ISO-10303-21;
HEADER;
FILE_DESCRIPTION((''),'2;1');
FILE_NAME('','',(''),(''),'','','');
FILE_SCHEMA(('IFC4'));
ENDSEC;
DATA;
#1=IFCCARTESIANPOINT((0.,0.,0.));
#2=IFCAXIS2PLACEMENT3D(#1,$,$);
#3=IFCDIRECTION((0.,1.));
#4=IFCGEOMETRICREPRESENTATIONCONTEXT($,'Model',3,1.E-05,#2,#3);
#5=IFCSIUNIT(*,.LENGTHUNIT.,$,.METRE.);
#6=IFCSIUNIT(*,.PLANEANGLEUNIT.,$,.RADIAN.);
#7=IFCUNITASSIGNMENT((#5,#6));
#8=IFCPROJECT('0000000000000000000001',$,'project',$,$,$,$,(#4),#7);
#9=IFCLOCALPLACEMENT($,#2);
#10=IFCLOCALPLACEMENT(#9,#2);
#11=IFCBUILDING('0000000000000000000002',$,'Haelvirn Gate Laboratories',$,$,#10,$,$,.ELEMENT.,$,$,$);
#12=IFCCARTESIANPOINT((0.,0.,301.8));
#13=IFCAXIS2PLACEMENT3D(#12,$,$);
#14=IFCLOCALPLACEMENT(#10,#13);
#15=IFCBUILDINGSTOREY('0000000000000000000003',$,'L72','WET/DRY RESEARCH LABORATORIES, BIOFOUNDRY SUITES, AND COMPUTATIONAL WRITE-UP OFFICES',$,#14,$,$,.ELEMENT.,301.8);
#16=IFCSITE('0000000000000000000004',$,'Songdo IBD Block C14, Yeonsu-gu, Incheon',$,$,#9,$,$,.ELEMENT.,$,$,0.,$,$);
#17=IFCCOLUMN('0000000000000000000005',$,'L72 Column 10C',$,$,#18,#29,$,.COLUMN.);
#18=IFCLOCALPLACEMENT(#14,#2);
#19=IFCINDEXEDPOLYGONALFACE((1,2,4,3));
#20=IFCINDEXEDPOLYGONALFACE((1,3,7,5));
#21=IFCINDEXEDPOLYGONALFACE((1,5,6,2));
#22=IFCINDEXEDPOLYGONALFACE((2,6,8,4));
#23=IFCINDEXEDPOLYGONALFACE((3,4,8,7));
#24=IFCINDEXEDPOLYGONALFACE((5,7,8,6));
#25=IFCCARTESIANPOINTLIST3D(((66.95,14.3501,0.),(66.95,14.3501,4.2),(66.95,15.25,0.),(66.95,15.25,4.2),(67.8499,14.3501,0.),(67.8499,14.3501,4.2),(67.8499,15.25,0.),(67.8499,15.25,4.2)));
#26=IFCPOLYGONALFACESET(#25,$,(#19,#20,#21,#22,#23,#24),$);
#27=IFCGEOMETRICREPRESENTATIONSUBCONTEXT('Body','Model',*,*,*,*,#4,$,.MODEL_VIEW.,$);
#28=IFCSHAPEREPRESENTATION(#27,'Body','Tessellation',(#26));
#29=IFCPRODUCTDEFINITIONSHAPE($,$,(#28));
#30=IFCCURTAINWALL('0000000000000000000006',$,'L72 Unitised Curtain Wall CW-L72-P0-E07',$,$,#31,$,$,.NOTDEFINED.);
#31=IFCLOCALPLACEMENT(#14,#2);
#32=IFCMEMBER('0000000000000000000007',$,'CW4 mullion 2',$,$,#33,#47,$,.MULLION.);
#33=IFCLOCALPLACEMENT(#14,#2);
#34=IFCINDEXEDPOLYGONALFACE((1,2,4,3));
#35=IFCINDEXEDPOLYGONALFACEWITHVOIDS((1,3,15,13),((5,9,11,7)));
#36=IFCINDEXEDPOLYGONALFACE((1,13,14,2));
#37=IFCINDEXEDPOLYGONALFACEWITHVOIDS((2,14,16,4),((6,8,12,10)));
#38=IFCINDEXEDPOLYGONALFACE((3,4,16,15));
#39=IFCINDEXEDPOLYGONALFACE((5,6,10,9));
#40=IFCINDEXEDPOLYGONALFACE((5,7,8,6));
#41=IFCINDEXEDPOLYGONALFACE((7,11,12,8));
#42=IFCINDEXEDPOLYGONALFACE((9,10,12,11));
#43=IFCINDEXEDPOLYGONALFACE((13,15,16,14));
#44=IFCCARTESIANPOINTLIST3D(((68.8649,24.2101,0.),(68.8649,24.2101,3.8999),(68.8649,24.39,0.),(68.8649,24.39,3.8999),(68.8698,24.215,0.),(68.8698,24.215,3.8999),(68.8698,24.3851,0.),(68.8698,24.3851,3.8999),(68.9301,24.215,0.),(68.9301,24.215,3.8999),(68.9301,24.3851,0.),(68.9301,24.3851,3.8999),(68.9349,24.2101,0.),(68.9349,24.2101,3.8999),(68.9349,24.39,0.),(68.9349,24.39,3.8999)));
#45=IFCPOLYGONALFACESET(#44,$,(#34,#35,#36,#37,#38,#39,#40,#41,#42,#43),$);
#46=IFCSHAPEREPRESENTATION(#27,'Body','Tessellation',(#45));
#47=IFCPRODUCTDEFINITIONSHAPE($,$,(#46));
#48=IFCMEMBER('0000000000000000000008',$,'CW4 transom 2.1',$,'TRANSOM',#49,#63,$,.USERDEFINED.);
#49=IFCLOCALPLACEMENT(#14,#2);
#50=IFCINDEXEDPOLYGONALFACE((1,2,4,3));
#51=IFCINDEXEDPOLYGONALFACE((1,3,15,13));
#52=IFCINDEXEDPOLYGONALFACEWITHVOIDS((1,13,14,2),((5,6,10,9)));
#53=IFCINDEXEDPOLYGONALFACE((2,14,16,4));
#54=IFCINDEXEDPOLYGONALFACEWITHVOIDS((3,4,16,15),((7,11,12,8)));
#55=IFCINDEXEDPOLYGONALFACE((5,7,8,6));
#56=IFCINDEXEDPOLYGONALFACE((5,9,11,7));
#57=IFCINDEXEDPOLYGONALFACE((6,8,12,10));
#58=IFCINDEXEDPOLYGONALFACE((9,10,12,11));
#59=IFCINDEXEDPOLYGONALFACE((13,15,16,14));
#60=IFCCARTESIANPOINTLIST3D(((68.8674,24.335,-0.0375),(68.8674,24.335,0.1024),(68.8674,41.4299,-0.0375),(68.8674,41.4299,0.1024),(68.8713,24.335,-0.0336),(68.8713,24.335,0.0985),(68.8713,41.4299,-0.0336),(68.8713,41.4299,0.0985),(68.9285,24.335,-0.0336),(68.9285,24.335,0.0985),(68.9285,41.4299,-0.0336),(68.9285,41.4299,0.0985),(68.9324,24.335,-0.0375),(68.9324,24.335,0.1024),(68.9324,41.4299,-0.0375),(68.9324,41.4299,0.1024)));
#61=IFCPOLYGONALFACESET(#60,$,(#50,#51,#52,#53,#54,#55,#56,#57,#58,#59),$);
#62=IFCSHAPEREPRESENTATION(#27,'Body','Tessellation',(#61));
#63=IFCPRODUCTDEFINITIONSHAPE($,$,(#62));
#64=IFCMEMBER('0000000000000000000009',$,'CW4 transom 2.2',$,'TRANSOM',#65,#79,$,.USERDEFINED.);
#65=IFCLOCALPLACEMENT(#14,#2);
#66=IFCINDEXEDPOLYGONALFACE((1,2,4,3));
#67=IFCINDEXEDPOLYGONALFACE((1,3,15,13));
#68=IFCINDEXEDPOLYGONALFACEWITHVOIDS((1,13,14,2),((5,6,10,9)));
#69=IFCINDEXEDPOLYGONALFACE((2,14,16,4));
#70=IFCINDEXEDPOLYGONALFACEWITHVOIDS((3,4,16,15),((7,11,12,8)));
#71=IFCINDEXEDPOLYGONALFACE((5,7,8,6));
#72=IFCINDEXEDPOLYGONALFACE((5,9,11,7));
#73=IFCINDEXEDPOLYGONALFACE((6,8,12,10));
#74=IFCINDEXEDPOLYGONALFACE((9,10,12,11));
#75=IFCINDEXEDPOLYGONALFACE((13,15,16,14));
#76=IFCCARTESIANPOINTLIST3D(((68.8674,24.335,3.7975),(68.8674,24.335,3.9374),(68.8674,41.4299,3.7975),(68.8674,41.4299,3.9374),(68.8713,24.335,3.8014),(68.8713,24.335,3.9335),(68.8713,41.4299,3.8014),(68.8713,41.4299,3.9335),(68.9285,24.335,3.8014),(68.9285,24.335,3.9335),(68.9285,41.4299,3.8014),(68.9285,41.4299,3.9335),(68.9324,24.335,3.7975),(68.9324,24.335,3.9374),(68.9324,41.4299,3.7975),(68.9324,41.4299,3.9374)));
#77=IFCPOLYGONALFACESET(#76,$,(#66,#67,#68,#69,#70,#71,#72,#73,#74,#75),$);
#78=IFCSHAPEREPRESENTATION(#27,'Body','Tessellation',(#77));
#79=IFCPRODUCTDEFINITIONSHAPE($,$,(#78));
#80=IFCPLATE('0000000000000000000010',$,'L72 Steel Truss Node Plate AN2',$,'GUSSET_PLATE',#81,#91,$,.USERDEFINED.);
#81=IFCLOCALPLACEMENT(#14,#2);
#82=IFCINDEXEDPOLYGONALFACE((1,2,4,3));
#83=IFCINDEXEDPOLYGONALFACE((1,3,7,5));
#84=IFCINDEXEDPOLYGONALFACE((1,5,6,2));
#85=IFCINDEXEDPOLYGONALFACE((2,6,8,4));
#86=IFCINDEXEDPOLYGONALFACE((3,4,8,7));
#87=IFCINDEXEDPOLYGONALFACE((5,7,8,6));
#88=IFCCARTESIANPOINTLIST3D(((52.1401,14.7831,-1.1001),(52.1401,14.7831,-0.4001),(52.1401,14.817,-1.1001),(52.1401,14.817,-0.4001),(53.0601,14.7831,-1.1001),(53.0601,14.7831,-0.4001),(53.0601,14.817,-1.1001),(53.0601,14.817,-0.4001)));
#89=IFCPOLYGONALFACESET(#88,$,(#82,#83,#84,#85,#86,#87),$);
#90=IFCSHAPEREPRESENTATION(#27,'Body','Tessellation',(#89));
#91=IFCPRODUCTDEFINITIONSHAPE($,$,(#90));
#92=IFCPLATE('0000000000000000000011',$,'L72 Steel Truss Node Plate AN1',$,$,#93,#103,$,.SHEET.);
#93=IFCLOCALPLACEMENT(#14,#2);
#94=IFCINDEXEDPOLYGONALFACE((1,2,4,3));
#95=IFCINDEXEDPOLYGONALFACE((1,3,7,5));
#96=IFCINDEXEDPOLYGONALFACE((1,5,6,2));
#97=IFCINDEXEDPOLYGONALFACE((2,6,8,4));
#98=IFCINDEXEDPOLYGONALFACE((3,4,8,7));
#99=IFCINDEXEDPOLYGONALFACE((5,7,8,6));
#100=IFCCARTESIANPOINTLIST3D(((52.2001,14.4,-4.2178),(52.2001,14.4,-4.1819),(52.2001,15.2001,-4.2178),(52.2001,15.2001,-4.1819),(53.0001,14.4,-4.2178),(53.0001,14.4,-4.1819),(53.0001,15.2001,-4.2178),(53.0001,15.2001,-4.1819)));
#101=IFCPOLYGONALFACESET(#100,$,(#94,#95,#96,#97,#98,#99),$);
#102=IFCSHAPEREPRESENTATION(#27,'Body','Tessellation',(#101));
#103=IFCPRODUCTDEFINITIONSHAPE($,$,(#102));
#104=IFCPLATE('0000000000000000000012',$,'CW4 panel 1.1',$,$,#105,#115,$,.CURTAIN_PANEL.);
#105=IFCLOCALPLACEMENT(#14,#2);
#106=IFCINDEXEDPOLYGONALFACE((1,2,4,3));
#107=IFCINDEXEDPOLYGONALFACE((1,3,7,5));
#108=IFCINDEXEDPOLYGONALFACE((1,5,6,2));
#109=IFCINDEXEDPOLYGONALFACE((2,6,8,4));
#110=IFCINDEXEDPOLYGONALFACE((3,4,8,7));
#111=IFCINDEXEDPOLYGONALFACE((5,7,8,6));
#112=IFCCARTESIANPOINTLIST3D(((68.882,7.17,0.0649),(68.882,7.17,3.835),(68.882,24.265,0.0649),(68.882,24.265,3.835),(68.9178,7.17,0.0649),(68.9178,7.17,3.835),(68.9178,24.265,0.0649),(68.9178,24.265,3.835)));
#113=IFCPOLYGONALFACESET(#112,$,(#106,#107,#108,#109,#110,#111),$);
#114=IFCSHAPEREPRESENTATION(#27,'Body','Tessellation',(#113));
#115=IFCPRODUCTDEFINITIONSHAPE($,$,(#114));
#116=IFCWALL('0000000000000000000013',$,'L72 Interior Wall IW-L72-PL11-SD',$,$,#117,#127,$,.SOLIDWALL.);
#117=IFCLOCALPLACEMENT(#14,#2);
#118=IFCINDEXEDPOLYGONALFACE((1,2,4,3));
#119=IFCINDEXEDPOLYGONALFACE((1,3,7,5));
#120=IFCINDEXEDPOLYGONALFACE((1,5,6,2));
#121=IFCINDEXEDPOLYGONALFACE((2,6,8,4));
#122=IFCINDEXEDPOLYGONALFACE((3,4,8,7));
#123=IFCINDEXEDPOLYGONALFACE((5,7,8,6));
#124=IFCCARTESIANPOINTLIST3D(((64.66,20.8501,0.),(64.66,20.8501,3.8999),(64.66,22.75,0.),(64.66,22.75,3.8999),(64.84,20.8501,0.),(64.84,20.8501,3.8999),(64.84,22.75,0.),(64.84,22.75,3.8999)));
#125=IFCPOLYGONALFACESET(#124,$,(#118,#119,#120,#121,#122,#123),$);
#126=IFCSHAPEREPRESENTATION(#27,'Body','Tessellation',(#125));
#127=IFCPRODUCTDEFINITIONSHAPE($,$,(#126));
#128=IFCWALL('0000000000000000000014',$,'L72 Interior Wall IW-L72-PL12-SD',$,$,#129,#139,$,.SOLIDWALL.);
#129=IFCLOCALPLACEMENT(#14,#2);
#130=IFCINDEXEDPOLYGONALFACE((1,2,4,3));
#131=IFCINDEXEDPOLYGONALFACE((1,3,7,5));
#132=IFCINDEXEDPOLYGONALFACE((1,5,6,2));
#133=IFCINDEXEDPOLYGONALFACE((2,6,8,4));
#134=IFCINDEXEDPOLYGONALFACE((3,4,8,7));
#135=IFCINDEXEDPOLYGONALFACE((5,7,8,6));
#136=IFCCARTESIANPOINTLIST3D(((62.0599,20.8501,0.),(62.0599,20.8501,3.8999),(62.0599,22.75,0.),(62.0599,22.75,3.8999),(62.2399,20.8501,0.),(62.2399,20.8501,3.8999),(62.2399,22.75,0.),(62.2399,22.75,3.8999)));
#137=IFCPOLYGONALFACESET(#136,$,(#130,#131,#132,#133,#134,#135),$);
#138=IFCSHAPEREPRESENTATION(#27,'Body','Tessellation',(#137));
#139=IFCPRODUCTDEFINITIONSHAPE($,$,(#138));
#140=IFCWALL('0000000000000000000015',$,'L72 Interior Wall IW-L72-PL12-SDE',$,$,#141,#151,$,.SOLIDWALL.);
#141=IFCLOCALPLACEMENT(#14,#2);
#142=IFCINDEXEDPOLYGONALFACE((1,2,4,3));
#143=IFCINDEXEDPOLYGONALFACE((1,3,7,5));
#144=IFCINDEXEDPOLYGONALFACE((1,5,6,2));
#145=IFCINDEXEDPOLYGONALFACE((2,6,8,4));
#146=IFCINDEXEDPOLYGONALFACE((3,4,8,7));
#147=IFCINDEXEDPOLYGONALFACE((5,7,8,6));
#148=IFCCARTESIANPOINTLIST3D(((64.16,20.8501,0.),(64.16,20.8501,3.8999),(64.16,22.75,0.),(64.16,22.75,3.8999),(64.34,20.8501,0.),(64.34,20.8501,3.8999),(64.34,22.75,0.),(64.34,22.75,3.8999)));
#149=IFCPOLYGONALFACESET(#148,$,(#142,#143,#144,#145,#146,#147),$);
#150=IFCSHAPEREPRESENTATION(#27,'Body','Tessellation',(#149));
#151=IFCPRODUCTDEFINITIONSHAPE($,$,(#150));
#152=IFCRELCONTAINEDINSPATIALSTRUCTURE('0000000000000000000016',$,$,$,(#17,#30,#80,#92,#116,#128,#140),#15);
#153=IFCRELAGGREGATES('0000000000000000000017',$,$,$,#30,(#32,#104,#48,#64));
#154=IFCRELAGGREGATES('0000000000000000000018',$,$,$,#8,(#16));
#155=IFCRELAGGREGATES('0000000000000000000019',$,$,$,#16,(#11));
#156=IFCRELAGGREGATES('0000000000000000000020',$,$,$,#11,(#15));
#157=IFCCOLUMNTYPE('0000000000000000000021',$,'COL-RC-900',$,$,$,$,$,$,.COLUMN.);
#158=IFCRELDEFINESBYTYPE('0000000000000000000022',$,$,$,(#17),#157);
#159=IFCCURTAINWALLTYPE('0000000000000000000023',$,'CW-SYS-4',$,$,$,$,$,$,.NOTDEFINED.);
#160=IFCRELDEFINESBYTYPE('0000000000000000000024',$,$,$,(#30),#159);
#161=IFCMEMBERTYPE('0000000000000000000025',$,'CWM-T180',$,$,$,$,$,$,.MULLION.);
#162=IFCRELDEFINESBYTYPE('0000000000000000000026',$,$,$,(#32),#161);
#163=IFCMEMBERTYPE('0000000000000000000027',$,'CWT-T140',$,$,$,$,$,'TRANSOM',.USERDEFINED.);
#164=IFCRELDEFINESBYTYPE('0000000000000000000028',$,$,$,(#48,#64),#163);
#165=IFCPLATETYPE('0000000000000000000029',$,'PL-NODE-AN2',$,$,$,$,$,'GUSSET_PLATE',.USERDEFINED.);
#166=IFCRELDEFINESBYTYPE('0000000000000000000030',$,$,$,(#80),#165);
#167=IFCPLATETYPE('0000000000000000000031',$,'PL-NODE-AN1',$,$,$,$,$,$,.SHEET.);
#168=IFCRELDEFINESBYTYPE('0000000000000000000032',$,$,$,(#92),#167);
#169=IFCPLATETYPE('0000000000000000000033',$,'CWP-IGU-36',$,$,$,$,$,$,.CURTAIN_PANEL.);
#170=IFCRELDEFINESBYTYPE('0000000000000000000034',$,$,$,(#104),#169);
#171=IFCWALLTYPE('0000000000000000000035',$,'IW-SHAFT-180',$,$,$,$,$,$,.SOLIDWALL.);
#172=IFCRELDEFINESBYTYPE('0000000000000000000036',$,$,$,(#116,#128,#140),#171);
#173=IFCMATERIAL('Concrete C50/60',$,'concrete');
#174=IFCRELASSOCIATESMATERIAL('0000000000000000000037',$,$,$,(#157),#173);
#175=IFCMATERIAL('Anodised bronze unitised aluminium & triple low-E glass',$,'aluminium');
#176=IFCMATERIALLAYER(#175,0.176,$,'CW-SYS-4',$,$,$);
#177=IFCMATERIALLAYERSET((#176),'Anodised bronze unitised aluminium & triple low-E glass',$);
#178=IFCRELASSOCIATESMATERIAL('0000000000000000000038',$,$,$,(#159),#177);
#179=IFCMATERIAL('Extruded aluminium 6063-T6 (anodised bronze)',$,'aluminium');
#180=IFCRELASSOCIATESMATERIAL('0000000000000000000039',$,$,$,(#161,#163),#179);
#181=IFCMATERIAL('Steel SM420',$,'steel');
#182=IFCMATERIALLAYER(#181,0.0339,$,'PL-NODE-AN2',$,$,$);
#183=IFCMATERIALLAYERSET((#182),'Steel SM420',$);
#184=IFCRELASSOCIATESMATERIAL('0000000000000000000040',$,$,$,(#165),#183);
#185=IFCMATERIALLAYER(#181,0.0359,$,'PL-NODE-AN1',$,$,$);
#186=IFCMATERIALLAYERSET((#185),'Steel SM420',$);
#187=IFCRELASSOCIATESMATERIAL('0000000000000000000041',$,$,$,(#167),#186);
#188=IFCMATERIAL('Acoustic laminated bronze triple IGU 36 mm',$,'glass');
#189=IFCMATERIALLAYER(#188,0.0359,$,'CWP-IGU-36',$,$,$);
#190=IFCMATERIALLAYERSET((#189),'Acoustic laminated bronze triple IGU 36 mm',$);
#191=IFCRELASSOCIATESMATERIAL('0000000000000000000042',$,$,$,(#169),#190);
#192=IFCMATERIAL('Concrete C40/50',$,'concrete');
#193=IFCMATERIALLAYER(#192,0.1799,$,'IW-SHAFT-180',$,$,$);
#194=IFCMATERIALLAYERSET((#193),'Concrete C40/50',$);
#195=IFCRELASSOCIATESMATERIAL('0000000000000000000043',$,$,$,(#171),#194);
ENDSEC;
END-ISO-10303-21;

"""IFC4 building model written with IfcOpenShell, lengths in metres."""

from ifc_helpers import new_model, si_unit, direction, frame, frame_2d, origin, origin_2d, place, context, subcontext, project, spatial, rectangle, hollow_rectangle, extrude, source, transform, mapped, material, layer, layer_set, material_profile, profile_set, type_object, type_shapes, element, aggregate, save


model = new_model("IFC4")

# Units and contexts
model_context = context("Model", 3, precision=1e-05, world=origin(), true_north=direction((0.0, 1.0)))
body_context = subcontext(model_context, "Body", "Model", "MODEL_VIEW")
ifc_project = project(units=[si_unit("LENGTHUNIT", "METRE"), si_unit("PLANEANGLEUNIT", "RADIAN")], contexts=[model_context])

# Site, building, storey
site_placement = place(None, origin())
site = spatial("IfcSite", under=ifc_project, at=site_placement, Name="Songdo IBD Block C14, Yeonsu-gu, Incheon", CompositionType="ELEMENT", RefElevation=0.0)
building_placement = place(site_placement, origin())
building = spatial("IfcBuilding", under=site, at=building_placement, Name="Haelvirn Gate Laboratories", CompositionType="ELEMENT")
storey_placement = place(building_placement, frame((0.0, 0.0, 301.8)))
storey = spatial("IfcBuildingStorey", under=building, at=storey_placement, Name="L72", Description="WET/DRY RESEARCH LABORATORIES, BIOFOUNDRY SUITES, AND COMPUTATIONAL WRITE-UP OFFICES", CompositionType="ELEMENT", Elevation=301.8)

# Column
ifc_material_1 = material(Name="Concrete C50/60", Category="concrete")
ifc_material_profile_1 = material_profile(ifc_material_1, rectangle(XDim=0.8999, YDim=0.8999, at=origin_2d()), Name="RC-900x900")
ifc_profile_set_1 = profile_set([ifc_material_profile_1], Name="Concrete C50/60")
column_type = type_object("IfcColumnType", Name="COL-RC-900", PredefinedType="COLUMN", material=ifc_profile_set_1)
shared_shape_1 = source(origin(), body_context, "Body", "SweptSolid", [
    extrude(rectangle(XDim=0.8999, YDim=0.8999, at=origin_2d()), origin(), (0.0, 0.0, 1.0), 4.2),
])
type_shapes(column_type, [shared_shape_1])
column_placement = place(storey_placement, frame((67.3999, 14.8, 0.0), z_axis=(0.0, 0.0, 1.0), x_axis=(1.0, 0.0, 0.0)))
element("IfcColumn", 1, at=column_placement, inside=storey, type_object=column_type, Name="L72 Column 10C", PredefinedType="COLUMN", context=body_context, shape_type="MappedRepresentation", body=[
    mapped(shared_shape_1, transform((0.0, 0.0, 0.0), scale=1.0)),
])

# Curtain wall, members
ifc_material_2 = material(Name="Anodised bronze unitised aluminium & triple low-E glass", Category="aluminium")
ifc_layer_1 = layer(ifc_material_2, 0.176, Name="CW-SYS-4")
ifc_layer_set_1 = layer_set([ifc_layer_1], Name="Anodised bronze unitised aluminium & triple low-E glass")
curtain_wall_type = type_object("IfcCurtainWallType", Name="CW-SYS-4", PredefinedType="NOTDEFINED", material=ifc_layer_set_1)
curtain_wall_placement = place(storey_placement, origin())
curtain_wall = element("IfcCurtainWall", 2, at=curtain_wall_placement, inside=storey, type_object=curtain_wall_type, Name="L72 Unitised Curtain Wall CW-L72-P0-E07", PredefinedType="NOTDEFINED")
ifc_material_3 = material(Name="Extruded aluminium 6063-T6 (anodised bronze)", Category="aluminium")
ifc_material_profile_2 = material_profile(ifc_material_3, hollow_rectangle(XDim=0.0701, YDim=0.1799, WallThickness=0.0049, at=origin_2d()), Name="CWM-180x70x5")
ifc_profile_set_2 = profile_set([ifc_material_profile_2], Name="Extruded aluminium 6063-T6 (anodised bronze)")
member_type_1 = type_object("IfcMemberType", Name="CWM-T180", PredefinedType="MULLION", material=ifc_profile_set_2)
shared_shape_2 = source(origin(), body_context, "Body", "SweptSolid", [
    extrude(hollow_rectangle(XDim=0.0701, YDim=0.1799, WallThickness=0.0049, at=origin_2d()), origin(), (0.0, 0.0, 1.0), 3.8999),
])
type_shapes(member_type_1, [shared_shape_2])
member_1_placement = place(storey_placement, frame((68.8999, 24.3, 0.0), z_axis=(0.0, 0.0, 1.0), x_axis=(-1.0, 0.0, 0.0)))
member_1 = element("IfcMember", 3, at=member_1_placement, type_object=member_type_1, Name="CW4 mullion 2", PredefinedType="MULLION", context=body_context, shape_type="MappedRepresentation", body=[
    mapped(shared_shape_2, transform((0.0, 0.0, 0.0), scale=1.0)),
])
ifc_material_profile_3 = material_profile(ifc_material_3, hollow_rectangle(XDim=0.0649, YDim=0.1399, WallThickness=0.0039, at=origin_2d()), Name="CWT-140x65x4")
ifc_profile_set_3 = profile_set([ifc_material_profile_3], Name="Extruded aluminium 6063-T6 (anodised bronze)")
member_type_2 = type_object("IfcMemberType", Name="CWT-T140", ElementType="TRANSOM", PredefinedType="USERDEFINED", material=ifc_profile_set_3)
shared_shape_3 = source(origin(), body_context, "Body", "SweptSolid", [
    extrude(hollow_rectangle(XDim=0.0649, YDim=0.1399, WallThickness=0.0039, at=origin_2d()), origin(), (0.0, 0.0, 1.0), 17.095),
])
type_shapes(member_type_2, [shared_shape_3])
member_2_placement = place(storey_placement, frame((68.8999, 24.335, 0.0325), z_axis=(0.0, 1.0, 0.0), x_axis=(-1.0, 0.0, 0.0)))
member_2 = element("IfcMember", 4, at=member_2_placement, type_object=member_type_2, Name="CW4 transom 2.1", ObjectType="TRANSOM", PredefinedType="USERDEFINED", context=body_context, shape_type="MappedRepresentation", body=[
    mapped(shared_shape_3, transform((0.0, 0.0, 0.0), scale=1.0)),
])
member_3_placement = place(storey_placement, frame((68.8999, 24.335, 3.8674), z_axis=(0.0, 1.0, 0.0), x_axis=(-1.0, 0.0, 0.0)))
member_3 = element("IfcMember", 5, at=member_3_placement, type_object=member_type_2, Name="CW4 transom 2.2", ObjectType="TRANSOM", PredefinedType="USERDEFINED", context=body_context, shape_type="MappedRepresentation", body=[
    mapped(shared_shape_3, transform((0.0, 0.0, 0.0), scale=1.0)),
])

# Plates
ifc_material_4 = material(Name="Steel SM420", Category="steel")
ifc_layer_2 = layer(ifc_material_4, 0.0339, Name="PL-NODE-AN2")
ifc_layer_set_2 = layer_set([ifc_layer_2], Name="Steel SM420")
plate_type_1 = type_object("IfcPlateType", Name="PL-NODE-AN2", ElementType="GUSSET_PLATE", PredefinedType="USERDEFINED", material=ifc_layer_set_2)
shared_shape_4 = source(origin(), body_context, "Body", "SweptSolid", [
    extrude(rectangle(XDim=0.9199, YDim=0.0339, at=origin_2d()), origin(), (0.0, 0.0, 1.0), 0.7),
])
type_shapes(plate_type_1, [shared_shape_4])
plate_1_placement = place(storey_placement, frame((52.6001, 14.8, -1.1001), z_axis=(0.0, 0.0, 1.0), x_axis=(1.0, 0.0, 0.0)))
element("IfcPlate", 6, at=plate_1_placement, inside=storey, type_object=plate_type_1, Name="L72 Steel Truss Node Plate AN2", ObjectType="GUSSET_PLATE", PredefinedType="USERDEFINED", context=body_context, shape_type="MappedRepresentation", body=[
    mapped(shared_shape_4, transform((0.0, 0.0, 0.0), scale=1.0)),
])
ifc_layer_3 = layer(ifc_material_4, 0.0359, Name="PL-NODE-AN1")
ifc_layer_set_3 = layer_set([ifc_layer_3], Name="Steel SM420")
plate_type_2 = type_object("IfcPlateType", Name="PL-NODE-AN1", PredefinedType="SHEET", material=ifc_layer_set_3)
shared_shape_5 = source(origin(), body_context, "Body", "SweptSolid", [
    extrude(rectangle(XDim=0.8, YDim=0.8, at=origin_2d()), origin(), (0.0, 0.0, 1.0), 0.0359),
])
type_shapes(plate_type_2, [shared_shape_5])
plate_2_placement = place(storey_placement, frame((52.6001, 14.8, -4.2178), z_axis=(0.0, 0.0, 1.0), x_axis=(1.0, 0.0, 0.0)))
element("IfcPlate", 7, at=plate_2_placement, inside=storey, type_object=plate_type_2, Name="L72 Steel Truss Node Plate AN1", PredefinedType="SHEET", context=body_context, shape_type="MappedRepresentation", body=[
    mapped(shared_shape_5, transform((0.0, 0.0, 0.0), scale=1.0)),
])

# Plate
ifc_material_5 = material(Name="Acoustic laminated bronze triple IGU 36 mm", Category="glass")
ifc_layer_4 = layer(ifc_material_5, 0.0359, Name="CWP-IGU-36")
ifc_layer_set_4 = layer_set([ifc_layer_4], Name="Acoustic laminated bronze triple IGU 36 mm")
plate_type_3 = type_object("IfcPlateType", Name="CWP-IGU-36", PredefinedType="CURTAIN_PANEL", material=ifc_layer_set_4)
shared_shape_6 = source(origin(), body_context, "Body", "SweptSolid", [
    extrude(rectangle(XDim=17.095, YDim=0.0359, at=origin_2d()), origin(), (0.0, 0.0, 1.0), 3.77),
])
type_shapes(plate_type_3, [shared_shape_6])
plate_3_placement = place(storey_placement, frame((68.8999, 15.7175, 0.0649), z_axis=(0.0, 0.0, 1.0), x_axis=(0.0, 1.0, 0.0)))
plate_3 = element("IfcPlate", 8, at=plate_3_placement, type_object=plate_type_3, Name="CW4 panel 1.1", PredefinedType="CURTAIN_PANEL", context=body_context, shape_type="MappedRepresentation", body=[
    mapped(shared_shape_6, transform((0.0, 0.0, 0.0), scale=1.0)),
])
aggregate(curtain_wall, [member_1, plate_3, member_2, member_3])

# Walls
ifc_material_6 = material(Name="Concrete C40/50", Category="concrete")
ifc_layer_5 = layer(ifc_material_6, 0.1799, Name="IW-SHAFT-180")
ifc_layer_set_5 = layer_set([ifc_layer_5], Name="Concrete C40/50")
wall_type_1 = type_object("IfcWallType", Name="IW-SHAFT-180", PredefinedType="SOLIDWALL", material=ifc_layer_set_5)
for number, where, z_axis, x_axis, name in (
    (9, (64.75, 20.8501, 0.0), (0.0, 0.0, 1.0), (0.0, 1.0, 0.0), "L72 Interior Wall IW-L72-PL11-SD"),
    (10, (62.1499, 20.8501, 0.0), (0.0, 0.0, 1.0), (0.0, 1.0, 0.0), "L72 Interior Wall IW-L72-PL12-SD"),
    (11, (64.25, 20.8501, 0.0), (0.0, 0.0, 1.0), (0.0, 1.0, 0.0), "L72 Interior Wall IW-L72-PL12-SDE"),
):
    element("IfcWall", number, at=place(storey_placement, frame(where, z_axis=z_axis, x_axis=x_axis)), inside=storey, type_object=wall_type_1, Name=name, PredefinedType="SOLIDWALL", context=body_context, shape_type="SweptSolid", body=[
        extrude(rectangle(XDim=1.8999, YDim=0.1799, at=frame_2d((0.95, 0.0))), origin(), (0.0, 0.0, 1.0), 3.8999),
    ])

save(model, "model.ifc")
